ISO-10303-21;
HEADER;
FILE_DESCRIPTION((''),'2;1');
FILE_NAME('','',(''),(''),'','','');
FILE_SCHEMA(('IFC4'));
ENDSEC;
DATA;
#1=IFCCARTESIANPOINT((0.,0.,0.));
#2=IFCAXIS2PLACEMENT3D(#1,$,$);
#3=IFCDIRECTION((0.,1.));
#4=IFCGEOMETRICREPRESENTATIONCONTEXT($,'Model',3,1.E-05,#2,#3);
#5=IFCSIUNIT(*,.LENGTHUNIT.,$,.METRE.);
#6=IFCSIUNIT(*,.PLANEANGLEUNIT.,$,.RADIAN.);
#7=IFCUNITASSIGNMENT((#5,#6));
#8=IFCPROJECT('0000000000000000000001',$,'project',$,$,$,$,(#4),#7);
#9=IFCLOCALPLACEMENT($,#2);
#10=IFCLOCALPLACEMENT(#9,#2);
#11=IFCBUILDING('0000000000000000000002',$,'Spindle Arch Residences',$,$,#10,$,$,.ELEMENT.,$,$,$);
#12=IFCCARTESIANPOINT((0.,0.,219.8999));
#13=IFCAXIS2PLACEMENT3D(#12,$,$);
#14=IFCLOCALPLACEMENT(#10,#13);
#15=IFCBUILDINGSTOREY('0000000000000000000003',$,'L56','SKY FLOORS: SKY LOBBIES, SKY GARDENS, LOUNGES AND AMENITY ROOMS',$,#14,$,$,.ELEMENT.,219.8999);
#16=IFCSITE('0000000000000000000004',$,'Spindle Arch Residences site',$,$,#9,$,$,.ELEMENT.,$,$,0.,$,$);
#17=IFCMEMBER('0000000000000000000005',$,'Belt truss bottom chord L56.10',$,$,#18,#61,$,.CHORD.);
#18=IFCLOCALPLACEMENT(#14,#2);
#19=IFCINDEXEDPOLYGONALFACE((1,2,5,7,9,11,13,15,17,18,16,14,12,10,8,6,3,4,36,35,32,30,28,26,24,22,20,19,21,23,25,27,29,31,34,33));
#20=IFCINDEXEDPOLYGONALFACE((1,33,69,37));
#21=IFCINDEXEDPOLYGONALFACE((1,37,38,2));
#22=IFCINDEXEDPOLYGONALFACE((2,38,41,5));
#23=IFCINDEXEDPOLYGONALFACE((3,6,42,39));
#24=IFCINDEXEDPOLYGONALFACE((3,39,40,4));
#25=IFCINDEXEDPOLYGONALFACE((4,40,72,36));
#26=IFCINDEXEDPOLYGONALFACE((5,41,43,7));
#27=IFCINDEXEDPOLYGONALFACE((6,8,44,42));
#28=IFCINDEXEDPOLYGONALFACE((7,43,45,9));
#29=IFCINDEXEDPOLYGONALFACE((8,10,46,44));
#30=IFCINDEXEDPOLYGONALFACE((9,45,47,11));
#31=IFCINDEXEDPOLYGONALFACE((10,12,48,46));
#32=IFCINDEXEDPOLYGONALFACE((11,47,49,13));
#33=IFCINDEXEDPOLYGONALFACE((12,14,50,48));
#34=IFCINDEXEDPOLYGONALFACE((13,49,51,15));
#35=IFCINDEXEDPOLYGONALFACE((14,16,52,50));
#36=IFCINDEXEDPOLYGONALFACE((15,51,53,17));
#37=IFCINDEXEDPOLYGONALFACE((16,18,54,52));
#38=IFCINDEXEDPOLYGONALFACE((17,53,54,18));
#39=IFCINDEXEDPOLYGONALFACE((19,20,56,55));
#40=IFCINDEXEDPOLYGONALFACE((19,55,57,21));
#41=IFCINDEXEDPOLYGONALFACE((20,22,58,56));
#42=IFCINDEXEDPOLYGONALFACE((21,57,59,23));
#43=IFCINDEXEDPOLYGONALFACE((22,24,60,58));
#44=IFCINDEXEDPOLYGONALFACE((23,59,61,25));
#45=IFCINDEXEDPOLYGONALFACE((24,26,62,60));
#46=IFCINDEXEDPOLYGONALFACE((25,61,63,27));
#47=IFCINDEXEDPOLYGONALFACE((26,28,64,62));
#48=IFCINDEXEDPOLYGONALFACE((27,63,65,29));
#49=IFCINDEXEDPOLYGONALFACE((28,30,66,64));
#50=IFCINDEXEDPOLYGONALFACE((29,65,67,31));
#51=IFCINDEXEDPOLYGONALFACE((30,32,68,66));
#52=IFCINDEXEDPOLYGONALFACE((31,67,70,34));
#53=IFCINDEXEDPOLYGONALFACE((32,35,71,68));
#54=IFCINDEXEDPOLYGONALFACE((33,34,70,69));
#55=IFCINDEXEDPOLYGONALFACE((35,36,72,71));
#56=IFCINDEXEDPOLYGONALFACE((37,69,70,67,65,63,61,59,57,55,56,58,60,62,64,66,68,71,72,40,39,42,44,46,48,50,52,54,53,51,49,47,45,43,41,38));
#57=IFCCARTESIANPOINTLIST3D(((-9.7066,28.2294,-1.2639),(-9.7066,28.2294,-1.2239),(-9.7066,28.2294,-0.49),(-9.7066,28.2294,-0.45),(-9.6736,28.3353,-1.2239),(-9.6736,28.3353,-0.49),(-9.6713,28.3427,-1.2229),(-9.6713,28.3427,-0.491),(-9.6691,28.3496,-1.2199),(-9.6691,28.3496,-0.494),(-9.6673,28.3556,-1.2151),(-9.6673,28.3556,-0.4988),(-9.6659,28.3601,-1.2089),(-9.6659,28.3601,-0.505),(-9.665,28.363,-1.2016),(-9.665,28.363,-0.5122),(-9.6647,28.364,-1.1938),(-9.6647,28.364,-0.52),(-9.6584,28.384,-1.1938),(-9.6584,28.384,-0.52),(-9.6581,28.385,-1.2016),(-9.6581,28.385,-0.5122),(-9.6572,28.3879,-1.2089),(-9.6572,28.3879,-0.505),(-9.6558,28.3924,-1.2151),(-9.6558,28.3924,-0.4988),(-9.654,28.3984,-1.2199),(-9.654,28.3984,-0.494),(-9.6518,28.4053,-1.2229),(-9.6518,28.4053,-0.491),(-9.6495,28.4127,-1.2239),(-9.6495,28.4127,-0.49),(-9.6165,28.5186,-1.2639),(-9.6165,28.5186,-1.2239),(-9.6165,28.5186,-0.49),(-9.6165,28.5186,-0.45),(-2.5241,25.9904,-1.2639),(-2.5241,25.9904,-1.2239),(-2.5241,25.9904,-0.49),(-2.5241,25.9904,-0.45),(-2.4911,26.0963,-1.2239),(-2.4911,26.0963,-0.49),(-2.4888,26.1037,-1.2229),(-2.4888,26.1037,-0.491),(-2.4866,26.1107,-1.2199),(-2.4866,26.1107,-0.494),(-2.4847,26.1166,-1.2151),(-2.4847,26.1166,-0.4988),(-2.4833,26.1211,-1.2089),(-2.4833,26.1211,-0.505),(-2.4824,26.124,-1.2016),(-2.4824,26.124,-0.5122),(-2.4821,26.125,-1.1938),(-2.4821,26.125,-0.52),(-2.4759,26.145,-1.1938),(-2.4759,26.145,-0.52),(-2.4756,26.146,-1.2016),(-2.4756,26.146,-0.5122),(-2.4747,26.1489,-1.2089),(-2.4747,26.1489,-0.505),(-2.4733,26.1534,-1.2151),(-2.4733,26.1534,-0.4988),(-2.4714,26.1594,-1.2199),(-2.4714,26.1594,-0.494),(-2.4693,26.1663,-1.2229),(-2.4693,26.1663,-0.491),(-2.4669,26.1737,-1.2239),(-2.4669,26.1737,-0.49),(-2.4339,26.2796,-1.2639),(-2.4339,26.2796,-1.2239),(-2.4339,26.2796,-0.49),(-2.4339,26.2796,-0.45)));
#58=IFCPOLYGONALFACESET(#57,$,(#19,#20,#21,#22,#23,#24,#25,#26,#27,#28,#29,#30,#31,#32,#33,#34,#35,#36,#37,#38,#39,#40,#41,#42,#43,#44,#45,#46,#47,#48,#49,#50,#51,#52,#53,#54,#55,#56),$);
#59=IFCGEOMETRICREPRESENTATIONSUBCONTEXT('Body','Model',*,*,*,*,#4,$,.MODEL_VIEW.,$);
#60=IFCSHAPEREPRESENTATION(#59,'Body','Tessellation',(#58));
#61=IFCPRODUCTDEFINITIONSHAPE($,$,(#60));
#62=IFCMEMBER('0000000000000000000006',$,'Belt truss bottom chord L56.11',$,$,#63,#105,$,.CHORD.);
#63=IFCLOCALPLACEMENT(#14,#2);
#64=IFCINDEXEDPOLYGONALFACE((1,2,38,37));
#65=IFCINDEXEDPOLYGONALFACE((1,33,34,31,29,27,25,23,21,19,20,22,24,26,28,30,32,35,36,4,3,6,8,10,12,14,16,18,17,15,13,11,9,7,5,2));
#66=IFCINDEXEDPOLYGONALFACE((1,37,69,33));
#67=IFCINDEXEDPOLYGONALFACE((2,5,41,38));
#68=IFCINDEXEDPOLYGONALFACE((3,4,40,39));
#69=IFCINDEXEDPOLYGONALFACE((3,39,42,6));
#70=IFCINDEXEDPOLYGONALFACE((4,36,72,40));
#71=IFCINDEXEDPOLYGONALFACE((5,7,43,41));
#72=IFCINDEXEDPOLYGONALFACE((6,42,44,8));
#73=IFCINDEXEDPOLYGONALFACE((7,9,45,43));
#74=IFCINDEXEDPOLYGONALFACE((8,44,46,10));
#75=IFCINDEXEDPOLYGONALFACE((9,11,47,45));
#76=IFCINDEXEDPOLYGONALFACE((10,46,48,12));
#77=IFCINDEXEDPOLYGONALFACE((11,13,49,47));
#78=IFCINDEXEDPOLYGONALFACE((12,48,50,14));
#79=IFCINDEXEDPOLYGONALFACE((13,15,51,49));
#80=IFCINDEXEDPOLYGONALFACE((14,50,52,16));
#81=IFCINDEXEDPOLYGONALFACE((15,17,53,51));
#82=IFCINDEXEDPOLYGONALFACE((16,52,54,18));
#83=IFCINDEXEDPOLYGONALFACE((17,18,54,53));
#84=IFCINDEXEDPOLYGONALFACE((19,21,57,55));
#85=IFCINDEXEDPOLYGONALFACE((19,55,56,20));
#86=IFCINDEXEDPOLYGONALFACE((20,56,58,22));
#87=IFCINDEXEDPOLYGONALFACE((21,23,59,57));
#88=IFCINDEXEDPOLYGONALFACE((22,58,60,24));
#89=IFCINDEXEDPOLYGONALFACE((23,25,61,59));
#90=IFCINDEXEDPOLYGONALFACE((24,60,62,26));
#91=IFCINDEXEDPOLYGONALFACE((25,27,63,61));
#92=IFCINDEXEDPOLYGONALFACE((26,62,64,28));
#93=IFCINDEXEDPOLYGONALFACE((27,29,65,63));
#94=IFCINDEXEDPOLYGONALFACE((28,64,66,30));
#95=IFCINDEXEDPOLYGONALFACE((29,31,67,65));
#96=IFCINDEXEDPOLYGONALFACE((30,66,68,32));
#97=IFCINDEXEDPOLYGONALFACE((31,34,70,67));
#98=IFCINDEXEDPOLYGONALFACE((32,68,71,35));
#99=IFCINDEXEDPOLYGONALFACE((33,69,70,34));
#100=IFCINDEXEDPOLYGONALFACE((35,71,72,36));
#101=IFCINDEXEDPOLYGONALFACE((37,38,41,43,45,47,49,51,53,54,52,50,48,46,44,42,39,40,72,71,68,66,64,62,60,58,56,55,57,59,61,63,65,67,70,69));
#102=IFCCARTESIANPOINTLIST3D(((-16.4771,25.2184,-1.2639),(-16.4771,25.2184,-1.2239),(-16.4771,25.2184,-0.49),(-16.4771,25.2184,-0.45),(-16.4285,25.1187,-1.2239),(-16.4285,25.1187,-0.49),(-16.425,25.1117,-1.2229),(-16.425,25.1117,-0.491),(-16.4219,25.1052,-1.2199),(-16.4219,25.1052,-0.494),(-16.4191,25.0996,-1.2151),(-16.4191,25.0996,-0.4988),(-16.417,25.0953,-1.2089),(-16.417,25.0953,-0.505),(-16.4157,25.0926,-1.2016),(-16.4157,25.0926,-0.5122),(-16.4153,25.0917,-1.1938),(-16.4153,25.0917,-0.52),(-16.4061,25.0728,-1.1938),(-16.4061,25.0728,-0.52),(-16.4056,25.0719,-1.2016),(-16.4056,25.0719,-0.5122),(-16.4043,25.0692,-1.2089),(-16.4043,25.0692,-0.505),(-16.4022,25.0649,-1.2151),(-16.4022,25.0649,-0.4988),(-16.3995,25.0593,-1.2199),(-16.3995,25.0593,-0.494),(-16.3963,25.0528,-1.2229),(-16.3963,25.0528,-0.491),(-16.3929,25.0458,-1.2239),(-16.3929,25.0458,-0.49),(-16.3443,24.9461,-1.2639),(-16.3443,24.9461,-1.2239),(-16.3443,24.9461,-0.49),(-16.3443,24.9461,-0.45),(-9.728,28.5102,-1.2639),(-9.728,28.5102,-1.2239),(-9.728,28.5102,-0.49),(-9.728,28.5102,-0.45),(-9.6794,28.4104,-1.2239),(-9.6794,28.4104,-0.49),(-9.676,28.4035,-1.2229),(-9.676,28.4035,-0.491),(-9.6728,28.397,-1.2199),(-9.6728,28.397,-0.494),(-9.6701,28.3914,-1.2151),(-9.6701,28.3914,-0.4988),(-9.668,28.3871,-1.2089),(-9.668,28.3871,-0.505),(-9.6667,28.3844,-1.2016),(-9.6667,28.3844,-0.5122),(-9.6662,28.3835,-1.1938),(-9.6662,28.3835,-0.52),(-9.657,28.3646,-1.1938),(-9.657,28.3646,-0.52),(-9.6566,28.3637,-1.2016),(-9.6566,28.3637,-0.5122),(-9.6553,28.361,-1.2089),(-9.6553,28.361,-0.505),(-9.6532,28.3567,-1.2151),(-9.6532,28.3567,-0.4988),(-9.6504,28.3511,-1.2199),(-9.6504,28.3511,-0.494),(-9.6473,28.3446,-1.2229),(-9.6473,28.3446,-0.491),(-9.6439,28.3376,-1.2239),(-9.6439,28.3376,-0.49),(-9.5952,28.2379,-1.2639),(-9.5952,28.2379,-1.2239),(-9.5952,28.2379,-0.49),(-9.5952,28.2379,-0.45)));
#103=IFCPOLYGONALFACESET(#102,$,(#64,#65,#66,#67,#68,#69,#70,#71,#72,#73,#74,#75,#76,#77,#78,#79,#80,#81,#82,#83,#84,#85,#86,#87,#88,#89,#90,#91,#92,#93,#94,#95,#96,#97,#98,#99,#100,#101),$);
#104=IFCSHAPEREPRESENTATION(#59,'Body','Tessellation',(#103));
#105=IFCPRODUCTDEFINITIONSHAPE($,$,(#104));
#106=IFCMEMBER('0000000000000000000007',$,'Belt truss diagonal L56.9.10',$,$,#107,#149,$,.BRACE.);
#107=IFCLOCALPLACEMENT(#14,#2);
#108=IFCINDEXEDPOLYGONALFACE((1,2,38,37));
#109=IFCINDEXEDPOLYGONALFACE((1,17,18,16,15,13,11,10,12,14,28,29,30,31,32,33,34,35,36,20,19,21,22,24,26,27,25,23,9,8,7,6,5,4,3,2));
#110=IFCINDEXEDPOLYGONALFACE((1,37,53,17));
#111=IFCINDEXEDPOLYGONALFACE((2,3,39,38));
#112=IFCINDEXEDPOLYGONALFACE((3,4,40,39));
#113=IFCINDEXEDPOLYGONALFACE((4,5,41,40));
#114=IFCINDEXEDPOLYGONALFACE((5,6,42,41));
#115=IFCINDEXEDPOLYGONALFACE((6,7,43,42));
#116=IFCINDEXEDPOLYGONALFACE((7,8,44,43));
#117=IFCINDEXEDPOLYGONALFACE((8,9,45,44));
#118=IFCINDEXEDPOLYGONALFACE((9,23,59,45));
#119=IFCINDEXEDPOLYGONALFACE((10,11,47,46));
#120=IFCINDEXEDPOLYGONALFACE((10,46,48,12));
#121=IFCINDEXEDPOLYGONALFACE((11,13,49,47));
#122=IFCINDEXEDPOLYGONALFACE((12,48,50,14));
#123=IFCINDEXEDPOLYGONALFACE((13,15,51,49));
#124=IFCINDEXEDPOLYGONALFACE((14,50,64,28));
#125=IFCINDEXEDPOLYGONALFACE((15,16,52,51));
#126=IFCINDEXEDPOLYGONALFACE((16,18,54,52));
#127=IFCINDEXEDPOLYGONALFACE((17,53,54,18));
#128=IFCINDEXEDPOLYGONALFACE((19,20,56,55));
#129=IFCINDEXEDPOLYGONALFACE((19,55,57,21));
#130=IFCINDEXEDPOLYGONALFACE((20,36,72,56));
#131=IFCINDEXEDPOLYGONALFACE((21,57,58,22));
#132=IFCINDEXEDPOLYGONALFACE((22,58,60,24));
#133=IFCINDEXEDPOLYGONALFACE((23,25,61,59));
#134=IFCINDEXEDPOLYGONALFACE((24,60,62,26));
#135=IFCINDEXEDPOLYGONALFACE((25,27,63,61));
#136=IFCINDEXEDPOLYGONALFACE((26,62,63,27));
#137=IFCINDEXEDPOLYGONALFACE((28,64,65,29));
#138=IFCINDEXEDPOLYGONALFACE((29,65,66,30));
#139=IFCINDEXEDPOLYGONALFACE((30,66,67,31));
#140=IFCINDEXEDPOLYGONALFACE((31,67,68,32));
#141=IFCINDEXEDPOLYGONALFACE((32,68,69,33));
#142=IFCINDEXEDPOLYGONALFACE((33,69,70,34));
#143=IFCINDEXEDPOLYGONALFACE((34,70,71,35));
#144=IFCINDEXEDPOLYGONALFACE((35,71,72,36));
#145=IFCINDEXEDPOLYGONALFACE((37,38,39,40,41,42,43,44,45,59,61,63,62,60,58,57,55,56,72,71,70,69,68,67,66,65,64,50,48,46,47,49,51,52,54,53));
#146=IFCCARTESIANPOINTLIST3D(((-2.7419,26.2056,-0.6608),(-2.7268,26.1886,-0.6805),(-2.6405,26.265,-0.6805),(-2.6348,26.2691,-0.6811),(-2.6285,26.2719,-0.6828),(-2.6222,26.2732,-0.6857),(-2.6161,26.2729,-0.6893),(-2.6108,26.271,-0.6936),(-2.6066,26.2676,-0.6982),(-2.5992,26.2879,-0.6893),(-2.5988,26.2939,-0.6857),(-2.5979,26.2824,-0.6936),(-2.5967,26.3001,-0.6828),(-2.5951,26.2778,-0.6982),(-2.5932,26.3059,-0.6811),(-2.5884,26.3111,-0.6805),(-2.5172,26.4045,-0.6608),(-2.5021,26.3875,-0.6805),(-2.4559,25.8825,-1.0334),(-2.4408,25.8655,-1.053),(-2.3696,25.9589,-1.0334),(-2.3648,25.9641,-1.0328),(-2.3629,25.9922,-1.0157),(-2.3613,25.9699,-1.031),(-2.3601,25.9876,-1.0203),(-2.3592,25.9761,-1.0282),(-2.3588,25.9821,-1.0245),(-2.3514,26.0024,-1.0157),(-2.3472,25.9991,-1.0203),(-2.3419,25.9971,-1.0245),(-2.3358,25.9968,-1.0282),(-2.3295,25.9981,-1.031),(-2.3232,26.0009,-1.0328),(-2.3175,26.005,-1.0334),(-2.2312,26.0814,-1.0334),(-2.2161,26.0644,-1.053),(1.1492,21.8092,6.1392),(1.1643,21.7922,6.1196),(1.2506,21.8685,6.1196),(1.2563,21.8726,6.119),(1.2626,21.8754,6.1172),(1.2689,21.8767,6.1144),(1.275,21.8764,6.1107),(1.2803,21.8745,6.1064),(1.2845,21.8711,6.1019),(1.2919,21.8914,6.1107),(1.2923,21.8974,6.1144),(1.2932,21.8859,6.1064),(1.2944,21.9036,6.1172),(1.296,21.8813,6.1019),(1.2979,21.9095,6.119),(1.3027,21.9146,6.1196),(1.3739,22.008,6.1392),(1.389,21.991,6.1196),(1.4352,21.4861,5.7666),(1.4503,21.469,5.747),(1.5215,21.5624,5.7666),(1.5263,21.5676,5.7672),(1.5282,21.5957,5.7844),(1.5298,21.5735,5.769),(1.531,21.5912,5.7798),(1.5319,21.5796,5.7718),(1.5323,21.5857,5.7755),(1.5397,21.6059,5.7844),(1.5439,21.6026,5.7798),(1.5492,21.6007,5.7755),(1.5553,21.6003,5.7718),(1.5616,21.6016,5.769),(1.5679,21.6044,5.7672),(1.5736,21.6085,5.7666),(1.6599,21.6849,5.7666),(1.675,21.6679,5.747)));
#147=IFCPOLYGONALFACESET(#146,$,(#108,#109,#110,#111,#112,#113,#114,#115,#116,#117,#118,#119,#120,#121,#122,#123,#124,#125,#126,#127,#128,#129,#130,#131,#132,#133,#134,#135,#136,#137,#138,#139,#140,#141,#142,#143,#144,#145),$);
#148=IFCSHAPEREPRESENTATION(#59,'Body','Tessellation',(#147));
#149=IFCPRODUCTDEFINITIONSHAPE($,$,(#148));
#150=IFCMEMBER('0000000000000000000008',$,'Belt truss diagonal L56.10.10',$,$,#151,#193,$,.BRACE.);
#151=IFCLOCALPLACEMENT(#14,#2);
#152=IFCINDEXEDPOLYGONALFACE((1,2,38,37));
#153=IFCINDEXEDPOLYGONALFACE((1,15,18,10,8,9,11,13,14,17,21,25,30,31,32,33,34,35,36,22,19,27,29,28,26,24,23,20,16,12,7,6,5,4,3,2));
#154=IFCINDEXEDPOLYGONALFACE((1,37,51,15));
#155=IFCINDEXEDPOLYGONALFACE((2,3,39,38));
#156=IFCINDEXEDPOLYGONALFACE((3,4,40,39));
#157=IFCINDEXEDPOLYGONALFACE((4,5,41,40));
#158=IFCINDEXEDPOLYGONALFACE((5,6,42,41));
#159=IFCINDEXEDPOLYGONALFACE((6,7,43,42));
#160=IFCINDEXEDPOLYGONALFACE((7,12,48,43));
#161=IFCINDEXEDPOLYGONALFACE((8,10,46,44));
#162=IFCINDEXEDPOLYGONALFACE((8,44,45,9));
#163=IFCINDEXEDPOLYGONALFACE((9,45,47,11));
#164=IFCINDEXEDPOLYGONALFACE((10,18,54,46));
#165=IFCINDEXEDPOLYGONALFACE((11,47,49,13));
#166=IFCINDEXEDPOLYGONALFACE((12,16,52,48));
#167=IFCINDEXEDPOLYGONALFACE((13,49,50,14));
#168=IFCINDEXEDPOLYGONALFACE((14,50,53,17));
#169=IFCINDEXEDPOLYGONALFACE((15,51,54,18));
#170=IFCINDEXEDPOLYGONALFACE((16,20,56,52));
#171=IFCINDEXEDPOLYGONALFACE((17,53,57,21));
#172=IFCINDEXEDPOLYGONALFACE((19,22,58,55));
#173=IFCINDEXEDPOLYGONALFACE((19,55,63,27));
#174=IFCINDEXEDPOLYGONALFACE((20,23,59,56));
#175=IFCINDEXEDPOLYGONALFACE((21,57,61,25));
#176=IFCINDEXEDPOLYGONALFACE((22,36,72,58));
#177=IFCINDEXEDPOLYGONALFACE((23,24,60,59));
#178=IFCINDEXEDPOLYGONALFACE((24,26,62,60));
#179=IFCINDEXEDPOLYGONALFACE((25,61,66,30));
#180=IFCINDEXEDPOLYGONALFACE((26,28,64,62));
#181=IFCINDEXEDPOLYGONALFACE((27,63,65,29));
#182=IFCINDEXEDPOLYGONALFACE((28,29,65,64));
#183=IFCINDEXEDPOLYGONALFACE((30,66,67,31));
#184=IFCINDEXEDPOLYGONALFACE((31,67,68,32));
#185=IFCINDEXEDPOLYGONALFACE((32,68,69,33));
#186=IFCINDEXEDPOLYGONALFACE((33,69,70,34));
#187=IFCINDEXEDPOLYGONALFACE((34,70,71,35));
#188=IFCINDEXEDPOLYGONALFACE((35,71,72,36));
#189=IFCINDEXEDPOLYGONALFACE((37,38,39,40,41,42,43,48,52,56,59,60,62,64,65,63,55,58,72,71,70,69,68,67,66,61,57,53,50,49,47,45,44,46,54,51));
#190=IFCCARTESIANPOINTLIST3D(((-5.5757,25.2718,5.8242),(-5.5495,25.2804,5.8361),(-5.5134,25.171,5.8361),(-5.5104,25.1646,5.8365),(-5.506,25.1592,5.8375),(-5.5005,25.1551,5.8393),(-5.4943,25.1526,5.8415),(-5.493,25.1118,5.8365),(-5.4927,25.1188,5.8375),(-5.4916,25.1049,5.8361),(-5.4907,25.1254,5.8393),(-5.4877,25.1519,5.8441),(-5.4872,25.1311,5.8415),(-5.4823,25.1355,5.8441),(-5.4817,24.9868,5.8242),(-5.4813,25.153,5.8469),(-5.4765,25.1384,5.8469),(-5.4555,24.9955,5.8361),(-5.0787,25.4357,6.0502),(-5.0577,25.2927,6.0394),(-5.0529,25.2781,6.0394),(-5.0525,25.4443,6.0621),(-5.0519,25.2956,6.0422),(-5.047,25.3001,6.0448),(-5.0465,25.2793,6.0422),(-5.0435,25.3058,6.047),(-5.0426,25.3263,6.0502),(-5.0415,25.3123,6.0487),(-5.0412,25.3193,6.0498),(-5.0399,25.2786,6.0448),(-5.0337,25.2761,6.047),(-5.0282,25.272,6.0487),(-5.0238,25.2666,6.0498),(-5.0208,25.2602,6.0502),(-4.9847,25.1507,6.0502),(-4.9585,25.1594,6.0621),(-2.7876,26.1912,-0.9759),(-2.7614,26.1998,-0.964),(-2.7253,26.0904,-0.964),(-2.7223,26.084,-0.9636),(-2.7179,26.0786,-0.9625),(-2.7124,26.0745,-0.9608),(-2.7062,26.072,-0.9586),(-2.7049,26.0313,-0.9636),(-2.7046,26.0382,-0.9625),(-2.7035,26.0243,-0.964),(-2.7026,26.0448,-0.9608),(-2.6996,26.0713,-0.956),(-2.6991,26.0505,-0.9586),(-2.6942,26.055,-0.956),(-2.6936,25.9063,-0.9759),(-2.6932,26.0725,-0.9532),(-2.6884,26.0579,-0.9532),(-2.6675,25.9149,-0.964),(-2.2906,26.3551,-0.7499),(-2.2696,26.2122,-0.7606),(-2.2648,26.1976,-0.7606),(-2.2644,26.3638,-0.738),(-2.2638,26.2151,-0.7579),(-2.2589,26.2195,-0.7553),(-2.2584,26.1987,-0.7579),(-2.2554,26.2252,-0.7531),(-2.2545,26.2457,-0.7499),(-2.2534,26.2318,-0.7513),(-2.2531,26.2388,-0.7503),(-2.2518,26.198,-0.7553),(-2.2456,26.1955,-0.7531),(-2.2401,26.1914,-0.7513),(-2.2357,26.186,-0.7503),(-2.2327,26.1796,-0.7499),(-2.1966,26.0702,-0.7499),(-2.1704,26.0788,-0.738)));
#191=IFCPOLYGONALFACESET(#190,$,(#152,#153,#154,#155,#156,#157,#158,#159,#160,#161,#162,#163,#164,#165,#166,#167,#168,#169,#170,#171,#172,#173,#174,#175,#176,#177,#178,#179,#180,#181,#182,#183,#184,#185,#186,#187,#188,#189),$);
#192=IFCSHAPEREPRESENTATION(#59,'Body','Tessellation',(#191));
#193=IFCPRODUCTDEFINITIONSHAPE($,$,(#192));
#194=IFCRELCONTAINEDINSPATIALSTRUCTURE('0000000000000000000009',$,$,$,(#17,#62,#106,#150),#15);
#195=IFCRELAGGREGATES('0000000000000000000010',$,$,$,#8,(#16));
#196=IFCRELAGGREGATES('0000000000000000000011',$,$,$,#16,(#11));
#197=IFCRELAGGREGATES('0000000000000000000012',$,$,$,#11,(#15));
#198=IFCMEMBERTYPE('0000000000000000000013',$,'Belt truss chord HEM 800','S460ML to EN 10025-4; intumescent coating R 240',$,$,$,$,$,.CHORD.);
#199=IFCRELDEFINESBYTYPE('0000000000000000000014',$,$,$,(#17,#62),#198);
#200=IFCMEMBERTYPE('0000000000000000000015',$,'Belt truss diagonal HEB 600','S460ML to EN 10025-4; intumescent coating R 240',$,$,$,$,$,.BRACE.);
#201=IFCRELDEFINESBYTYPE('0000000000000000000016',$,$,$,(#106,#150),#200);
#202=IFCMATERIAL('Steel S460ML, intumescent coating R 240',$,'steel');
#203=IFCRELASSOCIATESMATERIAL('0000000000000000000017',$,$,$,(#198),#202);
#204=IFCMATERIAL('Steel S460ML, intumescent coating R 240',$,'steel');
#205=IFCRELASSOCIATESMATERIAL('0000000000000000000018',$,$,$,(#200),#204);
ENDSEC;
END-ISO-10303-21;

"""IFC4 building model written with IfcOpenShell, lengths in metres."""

from ifc_helpers import new_model, si_unit, direction, frame, origin, origin_2d, place, context, subcontext, project, spatial, i_section, extrude, material, material_profile, profile_set, type_object, element, save


model = new_model("IFC4")

# Units and contexts
model_context = context("Model", 3, precision=1e-05, world=origin(), true_north=direction((0.0, 1.0)))
body_context = subcontext(model_context, "Body", "Model", "MODEL_VIEW")
ifc_project = project(units=[si_unit("LENGTHUNIT", "METRE"), si_unit("PLANEANGLEUNIT", "RADIAN")], contexts=[model_context])

# Site, building, storey
site_placement = place(None, origin())
site = spatial("IfcSite", under=ifc_project, at=site_placement, Name="Spindle Arch Residences site", CompositionType="ELEMENT", RefElevation=0.0)
building_placement = place(site_placement, origin())
building = spatial("IfcBuilding", under=site, at=building_placement, Name="Spindle Arch Residences", CompositionType="ELEMENT")
storey_placement = place(building_placement, frame((0.0, 0.0, 219.8999)))
storey = spatial("IfcBuildingStorey", under=building, at=storey_placement, Name="L56", Description="SKY FLOORS: SKY LOBBIES, SKY GARDENS, LOUNGES AND AMENITY ROOMS", CompositionType="ELEMENT", Elevation=219.8999)

# Members
ifc_material_1 = material(Name="Steel S460ML, intumescent coating R 240", Category="steel")
ifc_material_profile_1 = material_profile(ifc_material_1, i_section(OverallWidth=0.303, OverallDepth=0.814, WebThickness=0.021, FlangeThickness=0.04, FilletRadius=0.03, at=origin_2d()), Name="HEM 800")
ifc_profile_set_1 = profile_set([ifc_material_profile_1], Name="Steel S460ML, intumescent coating R 240")
member_type_1 = type_object("IfcMemberType", Name="Belt truss chord HEM 800", Description="S460ML to EN 10025-4; intumescent coating R 240", PredefinedType="CHORD", material=ifc_profile_set_1)
member_1_placement = place(storey_placement, frame((-2.479, 26.135, -0.8569), z_axis=(-0.95469, 0.297602, 0.0), x_axis=(-0.297602, -0.95469, 0.0)))
element("IfcMember", 1, at=member_1_placement, inside=storey, type_object=member_type_1, Name="Belt truss bottom chord L56.10", PredefinedType="CHORD", context=body_context, shape_type="SweptSolid", body=[
    extrude(i_section(OverallWidth=0.303, OverallDepth=0.814, WebThickness=0.021, FlangeThickness=0.04, FilletRadius=0.03, at=origin_2d()), origin(), (0.0, 0.0, 1.0), 7.5234),
])
member_2_placement = place(storey_placement, frame((-9.6616, 28.374, -0.8569), z_axis=(-0.898793, -0.438374, 0.0), x_axis=(0.438374, -0.898793, 0.0)))
element("IfcMember", 2, at=member_2_placement, inside=storey, type_object=member_type_1, Name="Belt truss bottom chord L56.11", PredefinedType="CHORD", context=body_context, shape_type="SweptSolid", body=[
    extrude(i_section(OverallWidth=0.303, OverallDepth=0.814, WebThickness=0.021, FlangeThickness=0.04, FilletRadius=0.03, at=origin_2d()), origin(), (0.0, 0.0, 1.0), 7.509),
])
ifc_material_2 = material(Name="Steel S460ML, intumescent coating R 240", Category="steel")
ifc_material_profile_2 = material_profile(ifc_material_2, i_section(OverallWidth=0.3, OverallDepth=0.6001, WebThickness=0.0154, FlangeThickness=0.03, FilletRadius=0.0271, at=origin_2d()), Name="HEB 600")
ifc_profile_set_2 = profile_set([ifc_material_profile_2], Name="Steel S460ML, intumescent coating R 240")
member_type_2 = type_object("IfcMemberType", Name="Belt truss diagonal HEB 600", Description="S460ML to EN 10025-4; intumescent coating R 240", PredefinedType="BRACE", material=ifc_profile_set_2)
member_3_placement = place(storey_placement, frame((-2.479, 26.135, -0.8569), z_axis=(0.433121, -0.489374, 0.756915), x_axis=(0.748835, 0.662757, 0.0)))
element("IfcMember", 3, at=member_3_placement, inside=storey, type_object=member_type_2, Name="Belt truss diagonal L56.9.10", PredefinedType="BRACE", context=body_context, shape_type="SweptSolid", body=[
    extrude(i_section(OverallWidth=0.3, OverallDepth=0.6001, WebThickness=0.0154, FlangeThickness=0.03, FilletRadius=0.0271, at=origin_2d()), origin(), (0.0, 0.0, 1.0), 8.9839),
])
member_4_placement = place(storey_placement, frame((-2.479, 26.135, -0.8569), z_axis=(-0.376427, -0.124135, 0.918092), x_axis=(0.313182, -0.949693, 0.0)))
element("IfcMember", 4, at=member_4_placement, inside=storey, type_object=member_type_2, Name="Belt truss diagonal L56.10.10", PredefinedType="BRACE", context=body_context, shape_type="SweptSolid", body=[
    extrude(i_section(OverallWidth=0.3, OverallDepth=0.6001, WebThickness=0.0154, FlangeThickness=0.03, FilletRadius=0.0271, at=origin_2d()), origin(), (0.0, 0.0, 1.0), 7.4067),
])

save(model, "model.ifc")
